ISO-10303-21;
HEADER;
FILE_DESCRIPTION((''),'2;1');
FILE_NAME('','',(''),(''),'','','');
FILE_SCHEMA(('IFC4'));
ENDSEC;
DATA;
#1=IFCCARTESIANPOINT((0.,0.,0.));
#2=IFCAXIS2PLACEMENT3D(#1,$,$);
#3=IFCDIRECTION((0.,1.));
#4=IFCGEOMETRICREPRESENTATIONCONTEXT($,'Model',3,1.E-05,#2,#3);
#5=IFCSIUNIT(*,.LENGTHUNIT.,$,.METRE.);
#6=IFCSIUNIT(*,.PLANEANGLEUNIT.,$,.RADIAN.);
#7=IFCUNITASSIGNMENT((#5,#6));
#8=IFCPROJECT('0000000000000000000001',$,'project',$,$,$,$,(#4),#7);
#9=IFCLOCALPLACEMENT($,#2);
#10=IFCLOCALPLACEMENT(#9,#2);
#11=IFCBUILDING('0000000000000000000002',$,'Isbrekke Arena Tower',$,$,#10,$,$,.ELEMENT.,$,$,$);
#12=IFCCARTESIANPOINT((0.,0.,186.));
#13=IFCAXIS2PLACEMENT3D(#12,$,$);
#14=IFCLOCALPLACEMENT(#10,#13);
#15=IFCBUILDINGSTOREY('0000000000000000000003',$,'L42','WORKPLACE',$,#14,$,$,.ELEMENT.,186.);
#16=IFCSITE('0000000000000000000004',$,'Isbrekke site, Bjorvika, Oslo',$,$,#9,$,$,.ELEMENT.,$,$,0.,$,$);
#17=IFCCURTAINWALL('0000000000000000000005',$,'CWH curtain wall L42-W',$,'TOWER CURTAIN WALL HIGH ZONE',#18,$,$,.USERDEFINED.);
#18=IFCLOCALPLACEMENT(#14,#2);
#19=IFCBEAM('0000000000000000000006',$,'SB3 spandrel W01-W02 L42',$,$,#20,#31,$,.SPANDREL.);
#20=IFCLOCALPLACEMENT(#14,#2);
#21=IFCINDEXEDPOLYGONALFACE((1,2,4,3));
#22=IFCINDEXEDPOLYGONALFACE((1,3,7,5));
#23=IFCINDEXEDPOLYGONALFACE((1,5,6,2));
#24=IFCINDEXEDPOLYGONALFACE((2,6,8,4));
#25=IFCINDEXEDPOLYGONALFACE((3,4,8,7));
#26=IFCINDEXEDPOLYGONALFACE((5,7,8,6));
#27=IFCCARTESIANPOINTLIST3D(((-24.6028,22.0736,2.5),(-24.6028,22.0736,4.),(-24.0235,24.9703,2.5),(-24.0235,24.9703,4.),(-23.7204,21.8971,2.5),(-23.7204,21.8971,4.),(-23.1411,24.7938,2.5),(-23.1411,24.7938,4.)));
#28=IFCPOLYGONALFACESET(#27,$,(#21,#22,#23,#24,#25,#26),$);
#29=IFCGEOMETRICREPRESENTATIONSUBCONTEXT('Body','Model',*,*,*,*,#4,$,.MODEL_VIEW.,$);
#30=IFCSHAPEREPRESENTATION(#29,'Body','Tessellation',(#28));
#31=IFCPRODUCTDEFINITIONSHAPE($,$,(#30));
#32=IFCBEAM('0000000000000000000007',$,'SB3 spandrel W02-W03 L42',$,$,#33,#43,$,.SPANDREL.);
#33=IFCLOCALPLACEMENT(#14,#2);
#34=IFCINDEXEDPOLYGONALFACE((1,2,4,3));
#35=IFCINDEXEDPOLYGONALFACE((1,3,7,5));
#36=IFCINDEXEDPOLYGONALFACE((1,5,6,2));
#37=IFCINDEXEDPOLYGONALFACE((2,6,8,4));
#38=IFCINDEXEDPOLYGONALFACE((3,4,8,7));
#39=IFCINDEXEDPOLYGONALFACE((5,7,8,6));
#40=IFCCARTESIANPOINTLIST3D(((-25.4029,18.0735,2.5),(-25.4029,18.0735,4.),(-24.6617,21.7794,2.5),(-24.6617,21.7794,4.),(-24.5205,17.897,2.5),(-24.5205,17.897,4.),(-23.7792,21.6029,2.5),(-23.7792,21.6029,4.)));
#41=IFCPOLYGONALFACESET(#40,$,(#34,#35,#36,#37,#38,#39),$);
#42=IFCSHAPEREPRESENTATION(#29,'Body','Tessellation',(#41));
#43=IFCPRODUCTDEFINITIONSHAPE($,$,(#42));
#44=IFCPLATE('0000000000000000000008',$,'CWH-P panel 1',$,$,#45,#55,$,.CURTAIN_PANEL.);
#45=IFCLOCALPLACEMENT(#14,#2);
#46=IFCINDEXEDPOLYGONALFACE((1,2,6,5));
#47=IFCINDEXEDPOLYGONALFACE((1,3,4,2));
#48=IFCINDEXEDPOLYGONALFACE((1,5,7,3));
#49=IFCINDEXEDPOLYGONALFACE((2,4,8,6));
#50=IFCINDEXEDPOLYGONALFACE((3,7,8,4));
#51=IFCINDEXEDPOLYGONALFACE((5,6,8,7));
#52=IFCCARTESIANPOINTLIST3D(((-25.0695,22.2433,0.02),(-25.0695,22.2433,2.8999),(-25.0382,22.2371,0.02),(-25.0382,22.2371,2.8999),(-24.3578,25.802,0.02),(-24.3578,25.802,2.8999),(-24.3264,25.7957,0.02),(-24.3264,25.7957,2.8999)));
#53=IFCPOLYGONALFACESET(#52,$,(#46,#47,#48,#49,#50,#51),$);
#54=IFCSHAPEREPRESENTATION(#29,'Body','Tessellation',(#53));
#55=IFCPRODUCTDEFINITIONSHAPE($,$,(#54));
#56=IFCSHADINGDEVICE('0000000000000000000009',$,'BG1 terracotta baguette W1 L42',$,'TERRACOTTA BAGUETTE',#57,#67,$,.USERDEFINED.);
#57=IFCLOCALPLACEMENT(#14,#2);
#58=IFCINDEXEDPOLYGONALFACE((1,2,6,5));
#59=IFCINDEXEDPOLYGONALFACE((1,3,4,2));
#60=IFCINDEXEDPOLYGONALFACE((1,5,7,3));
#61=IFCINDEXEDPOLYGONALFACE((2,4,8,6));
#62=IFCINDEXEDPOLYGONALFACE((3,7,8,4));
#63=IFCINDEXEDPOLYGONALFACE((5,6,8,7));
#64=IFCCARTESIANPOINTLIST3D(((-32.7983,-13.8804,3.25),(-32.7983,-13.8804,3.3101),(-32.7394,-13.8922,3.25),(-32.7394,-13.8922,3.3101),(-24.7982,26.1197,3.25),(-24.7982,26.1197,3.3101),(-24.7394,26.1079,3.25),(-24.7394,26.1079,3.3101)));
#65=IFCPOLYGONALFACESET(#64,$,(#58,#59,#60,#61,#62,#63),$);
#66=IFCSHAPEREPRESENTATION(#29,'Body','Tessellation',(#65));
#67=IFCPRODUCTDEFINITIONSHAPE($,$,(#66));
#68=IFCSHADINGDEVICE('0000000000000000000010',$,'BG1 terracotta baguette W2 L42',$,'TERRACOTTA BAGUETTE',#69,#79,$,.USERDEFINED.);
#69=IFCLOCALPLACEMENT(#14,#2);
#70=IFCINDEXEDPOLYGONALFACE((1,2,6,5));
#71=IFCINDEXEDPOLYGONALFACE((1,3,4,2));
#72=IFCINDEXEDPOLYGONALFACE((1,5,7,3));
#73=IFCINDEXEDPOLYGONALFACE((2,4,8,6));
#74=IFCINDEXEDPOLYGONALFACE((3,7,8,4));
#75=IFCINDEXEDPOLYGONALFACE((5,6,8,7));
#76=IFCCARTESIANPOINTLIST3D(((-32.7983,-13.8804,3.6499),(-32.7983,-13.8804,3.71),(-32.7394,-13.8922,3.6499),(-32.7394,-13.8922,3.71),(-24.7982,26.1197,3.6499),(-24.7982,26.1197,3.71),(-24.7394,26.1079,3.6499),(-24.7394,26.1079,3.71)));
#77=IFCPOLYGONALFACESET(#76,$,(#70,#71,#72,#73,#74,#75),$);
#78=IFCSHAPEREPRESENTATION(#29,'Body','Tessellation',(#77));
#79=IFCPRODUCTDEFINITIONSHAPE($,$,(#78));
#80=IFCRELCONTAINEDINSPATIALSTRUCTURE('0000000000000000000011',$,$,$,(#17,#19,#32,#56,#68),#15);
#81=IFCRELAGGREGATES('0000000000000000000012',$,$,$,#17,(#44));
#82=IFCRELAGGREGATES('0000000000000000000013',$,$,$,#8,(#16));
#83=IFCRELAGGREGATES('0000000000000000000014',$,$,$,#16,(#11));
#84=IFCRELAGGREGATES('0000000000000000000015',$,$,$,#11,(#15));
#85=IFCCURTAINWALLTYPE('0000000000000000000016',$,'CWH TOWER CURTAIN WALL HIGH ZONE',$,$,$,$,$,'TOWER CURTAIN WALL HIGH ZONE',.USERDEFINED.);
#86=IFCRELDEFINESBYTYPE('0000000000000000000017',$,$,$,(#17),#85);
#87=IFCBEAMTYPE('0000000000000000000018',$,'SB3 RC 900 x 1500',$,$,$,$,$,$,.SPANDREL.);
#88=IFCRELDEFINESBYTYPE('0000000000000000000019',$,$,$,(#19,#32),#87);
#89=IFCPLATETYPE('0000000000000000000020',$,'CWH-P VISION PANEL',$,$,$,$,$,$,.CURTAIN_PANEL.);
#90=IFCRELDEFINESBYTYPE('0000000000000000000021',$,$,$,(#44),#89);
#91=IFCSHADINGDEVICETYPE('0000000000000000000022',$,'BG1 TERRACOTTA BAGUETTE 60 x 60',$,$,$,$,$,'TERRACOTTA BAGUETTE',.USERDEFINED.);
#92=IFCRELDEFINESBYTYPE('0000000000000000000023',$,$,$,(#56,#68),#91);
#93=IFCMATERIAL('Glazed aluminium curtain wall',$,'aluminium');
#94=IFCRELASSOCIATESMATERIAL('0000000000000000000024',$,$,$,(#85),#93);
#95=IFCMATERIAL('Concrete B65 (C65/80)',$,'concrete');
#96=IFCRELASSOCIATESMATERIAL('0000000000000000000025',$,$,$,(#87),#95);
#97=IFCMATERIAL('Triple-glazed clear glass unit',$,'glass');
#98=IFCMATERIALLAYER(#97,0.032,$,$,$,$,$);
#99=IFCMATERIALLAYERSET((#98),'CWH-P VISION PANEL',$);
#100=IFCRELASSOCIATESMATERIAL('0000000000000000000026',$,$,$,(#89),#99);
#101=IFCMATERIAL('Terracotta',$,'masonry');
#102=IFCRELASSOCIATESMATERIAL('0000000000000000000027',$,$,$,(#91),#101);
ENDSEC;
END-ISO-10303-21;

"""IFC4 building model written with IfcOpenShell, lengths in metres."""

from ifc_helpers import new_model, si_unit, direction, frame, origin, origin_2d, place, context, subcontext, project, spatial, rectangle, extrude, material, layer, layer_set, material_profile, profile_set, type_object, element, aggregate, save


model = new_model("IFC4")

# Units and contexts
model_context = context("Model", 3, precision=1e-05, world=origin(), true_north=direction((0.0, 1.0)))
body_context = subcontext(model_context, "Body", "Model", "MODEL_VIEW")
ifc_project = project(units=[si_unit("LENGTHUNIT", "METRE"), si_unit("PLANEANGLEUNIT", "RADIAN")], contexts=[model_context])

# Site, building, storey
site_placement = place(None, origin())
site = spatial("IfcSite", under=ifc_project, at=site_placement, Name="Isbrekke site, Bjorvika, Oslo", CompositionType="ELEMENT", RefElevation=0.0)
building_placement = place(site_placement, origin())
building = spatial("IfcBuilding", under=site, at=building_placement, Name="Isbrekke Arena Tower", CompositionType="ELEMENT")
storey_placement = place(building_placement, frame((0.0, 0.0, 186.0)))
storey = spatial("IfcBuildingStorey", under=building, at=storey_placement, Name="L42", Description="WORKPLACE", CompositionType="ELEMENT", Elevation=186.0)

# Shared definitions
ifc_material_1 = material(Name="Glazed aluminium curtain wall", Category="aluminium")
curtain_wall_type = type_object("IfcCurtainWallType", Name="CWH TOWER CURTAIN WALL HIGH ZONE", ElementType="TOWER CURTAIN WALL HIGH ZONE", PredefinedType="USERDEFINED", material=ifc_material_1)

# Curtain wall
curtain_wall_1_placement = place(storey_placement, origin())
curtain_wall_1 = element("IfcCurtainWall", 1, at=curtain_wall_1_placement, inside=storey, type_object=curtain_wall_type, Name="CWH curtain wall L42-W", ObjectType="TOWER CURTAIN WALL HIGH ZONE", PredefinedType="USERDEFINED")

# Beams
ifc_material_2 = material(Name="Concrete B65 (C65/80)", Category="concrete")
ifc_material_profile_1 = material_profile(ifc_material_2, rectangle(XDim=0.8999, YDim=1.5, at=origin_2d()), Name="RC 900x1500")
ifc_profile_set_1 = profile_set([ifc_material_profile_1], Name="Concrete B65 (C65/80)")
beam_type_1 = type_object("IfcBeamType", Name="SB3 RC 900 x 1500", PredefinedType="SPANDREL", material=ifc_profile_set_1)
beam_1_placement = place(storey_placement, frame((-23.5823, 24.8821, 3.25), z_axis=(-0.196116, -0.980581, 0.0), x_axis=(0.980581, -0.196116, 0.0)))
element("IfcBeam", 2, at=beam_1_placement, inside=storey, type_object=beam_type_1, Name="SB3 spandrel W01-W02 L42", PredefinedType="SPANDREL", context=body_context, shape_type="SweptSolid", body=[
    extrude(rectangle(XDim=0.8999, YDim=1.5, at=origin_2d()), origin(), (0.0, 0.0, 1.0), 2.9541),
])
beam_2_placement = place(storey_placement, frame((-24.2205, 21.6912, 3.25), z_axis=(-0.196129, -0.980578, 0.0), x_axis=(0.980578, -0.196129, 0.0)))
element("IfcBeam", 3, at=beam_2_placement, inside=storey, type_object=beam_type_1, Name="SB3 spandrel W02-W03 L42", PredefinedType="SPANDREL", context=body_context, shape_type="SweptSolid", body=[
    extrude(rectangle(XDim=0.8999, YDim=1.5, at=origin_2d()), origin(), (0.0, 0.0, 1.0), 3.7793),
])

# Plate
ifc_material_3 = material(Name="Triple-glazed clear glass unit", Category="glass")
ifc_layer = layer(ifc_material_3, 0.032)
ifc_layer_set = layer_set([ifc_layer], Name="CWH-P VISION PANEL")
plate_type = type_object("IfcPlateType", Name="CWH-P VISION PANEL", PredefinedType="CURTAIN_PANEL", material=ifc_layer_set)
plate_placement = place(storey_placement, frame((-24.698, 24.0195, 0.02), z_axis=(0.0, 0.0, 1.0), x_axis=(-0.196116, -0.980581, 0.0)))
plate = element("IfcPlate", 4, at=plate_placement, type_object=plate_type, Name="CWH-P panel 1", PredefinedType="CURTAIN_PANEL", context=body_context, shape_type="SweptSolid", body=[
    extrude(rectangle(XDim=3.6292, YDim=0.032, at=origin_2d()), origin(), (0.0, 0.0, 1.0), 2.8799),
])
aggregate(curtain_wall_1, [plate])

# Shading devices
ifc_material_4 = material(Name="Terracotta", Category="masonry")
ifc_material_profile_2 = material_profile(ifc_material_4, rectangle(XDim=0.0601, YDim=0.0601, at=origin_2d()), Name="BAGUETTE 60X60")
ifc_profile_set_2 = profile_set([ifc_material_profile_2], Name="Terracotta")
shading_device_type = type_object("IfcShadingDeviceType", Name="BG1 TERRACOTTA BAGUETTE 60 x 60", ElementType="TERRACOTTA BAGUETTE", PredefinedType="USERDEFINED", material=ifc_profile_set_2)
for number, where, z_axis, x_axis, name in (
    (5, (-24.7688, 26.1138, 3.28), (-0.196116, -0.980581, 0.0), (0.980581, -0.196116, 0.0), "BG1 terracotta baguette W1 L42"),
    (6, (-24.7688, 26.1138, 3.6799), (-0.196116, -0.980581, 0.0), (0.980581, -0.196116, 0.0), "BG1 terracotta baguette W2 L42"),
):
    element("IfcShadingDevice", number, at=place(storey_placement, frame(where, z_axis=z_axis, x_axis=x_axis)), inside=storey, type_object=shading_device_type, Name=name, ObjectType="TERRACOTTA BAGUETTE", PredefinedType="USERDEFINED", context=body_context, shape_type="SweptSolid", body=[
        extrude(rectangle(XDim=0.0601, YDim=0.0601, at=origin_2d()), origin(), (0.0, 0.0, 1.0), 40.7922),
    ])

save(model, "model.ifc")
